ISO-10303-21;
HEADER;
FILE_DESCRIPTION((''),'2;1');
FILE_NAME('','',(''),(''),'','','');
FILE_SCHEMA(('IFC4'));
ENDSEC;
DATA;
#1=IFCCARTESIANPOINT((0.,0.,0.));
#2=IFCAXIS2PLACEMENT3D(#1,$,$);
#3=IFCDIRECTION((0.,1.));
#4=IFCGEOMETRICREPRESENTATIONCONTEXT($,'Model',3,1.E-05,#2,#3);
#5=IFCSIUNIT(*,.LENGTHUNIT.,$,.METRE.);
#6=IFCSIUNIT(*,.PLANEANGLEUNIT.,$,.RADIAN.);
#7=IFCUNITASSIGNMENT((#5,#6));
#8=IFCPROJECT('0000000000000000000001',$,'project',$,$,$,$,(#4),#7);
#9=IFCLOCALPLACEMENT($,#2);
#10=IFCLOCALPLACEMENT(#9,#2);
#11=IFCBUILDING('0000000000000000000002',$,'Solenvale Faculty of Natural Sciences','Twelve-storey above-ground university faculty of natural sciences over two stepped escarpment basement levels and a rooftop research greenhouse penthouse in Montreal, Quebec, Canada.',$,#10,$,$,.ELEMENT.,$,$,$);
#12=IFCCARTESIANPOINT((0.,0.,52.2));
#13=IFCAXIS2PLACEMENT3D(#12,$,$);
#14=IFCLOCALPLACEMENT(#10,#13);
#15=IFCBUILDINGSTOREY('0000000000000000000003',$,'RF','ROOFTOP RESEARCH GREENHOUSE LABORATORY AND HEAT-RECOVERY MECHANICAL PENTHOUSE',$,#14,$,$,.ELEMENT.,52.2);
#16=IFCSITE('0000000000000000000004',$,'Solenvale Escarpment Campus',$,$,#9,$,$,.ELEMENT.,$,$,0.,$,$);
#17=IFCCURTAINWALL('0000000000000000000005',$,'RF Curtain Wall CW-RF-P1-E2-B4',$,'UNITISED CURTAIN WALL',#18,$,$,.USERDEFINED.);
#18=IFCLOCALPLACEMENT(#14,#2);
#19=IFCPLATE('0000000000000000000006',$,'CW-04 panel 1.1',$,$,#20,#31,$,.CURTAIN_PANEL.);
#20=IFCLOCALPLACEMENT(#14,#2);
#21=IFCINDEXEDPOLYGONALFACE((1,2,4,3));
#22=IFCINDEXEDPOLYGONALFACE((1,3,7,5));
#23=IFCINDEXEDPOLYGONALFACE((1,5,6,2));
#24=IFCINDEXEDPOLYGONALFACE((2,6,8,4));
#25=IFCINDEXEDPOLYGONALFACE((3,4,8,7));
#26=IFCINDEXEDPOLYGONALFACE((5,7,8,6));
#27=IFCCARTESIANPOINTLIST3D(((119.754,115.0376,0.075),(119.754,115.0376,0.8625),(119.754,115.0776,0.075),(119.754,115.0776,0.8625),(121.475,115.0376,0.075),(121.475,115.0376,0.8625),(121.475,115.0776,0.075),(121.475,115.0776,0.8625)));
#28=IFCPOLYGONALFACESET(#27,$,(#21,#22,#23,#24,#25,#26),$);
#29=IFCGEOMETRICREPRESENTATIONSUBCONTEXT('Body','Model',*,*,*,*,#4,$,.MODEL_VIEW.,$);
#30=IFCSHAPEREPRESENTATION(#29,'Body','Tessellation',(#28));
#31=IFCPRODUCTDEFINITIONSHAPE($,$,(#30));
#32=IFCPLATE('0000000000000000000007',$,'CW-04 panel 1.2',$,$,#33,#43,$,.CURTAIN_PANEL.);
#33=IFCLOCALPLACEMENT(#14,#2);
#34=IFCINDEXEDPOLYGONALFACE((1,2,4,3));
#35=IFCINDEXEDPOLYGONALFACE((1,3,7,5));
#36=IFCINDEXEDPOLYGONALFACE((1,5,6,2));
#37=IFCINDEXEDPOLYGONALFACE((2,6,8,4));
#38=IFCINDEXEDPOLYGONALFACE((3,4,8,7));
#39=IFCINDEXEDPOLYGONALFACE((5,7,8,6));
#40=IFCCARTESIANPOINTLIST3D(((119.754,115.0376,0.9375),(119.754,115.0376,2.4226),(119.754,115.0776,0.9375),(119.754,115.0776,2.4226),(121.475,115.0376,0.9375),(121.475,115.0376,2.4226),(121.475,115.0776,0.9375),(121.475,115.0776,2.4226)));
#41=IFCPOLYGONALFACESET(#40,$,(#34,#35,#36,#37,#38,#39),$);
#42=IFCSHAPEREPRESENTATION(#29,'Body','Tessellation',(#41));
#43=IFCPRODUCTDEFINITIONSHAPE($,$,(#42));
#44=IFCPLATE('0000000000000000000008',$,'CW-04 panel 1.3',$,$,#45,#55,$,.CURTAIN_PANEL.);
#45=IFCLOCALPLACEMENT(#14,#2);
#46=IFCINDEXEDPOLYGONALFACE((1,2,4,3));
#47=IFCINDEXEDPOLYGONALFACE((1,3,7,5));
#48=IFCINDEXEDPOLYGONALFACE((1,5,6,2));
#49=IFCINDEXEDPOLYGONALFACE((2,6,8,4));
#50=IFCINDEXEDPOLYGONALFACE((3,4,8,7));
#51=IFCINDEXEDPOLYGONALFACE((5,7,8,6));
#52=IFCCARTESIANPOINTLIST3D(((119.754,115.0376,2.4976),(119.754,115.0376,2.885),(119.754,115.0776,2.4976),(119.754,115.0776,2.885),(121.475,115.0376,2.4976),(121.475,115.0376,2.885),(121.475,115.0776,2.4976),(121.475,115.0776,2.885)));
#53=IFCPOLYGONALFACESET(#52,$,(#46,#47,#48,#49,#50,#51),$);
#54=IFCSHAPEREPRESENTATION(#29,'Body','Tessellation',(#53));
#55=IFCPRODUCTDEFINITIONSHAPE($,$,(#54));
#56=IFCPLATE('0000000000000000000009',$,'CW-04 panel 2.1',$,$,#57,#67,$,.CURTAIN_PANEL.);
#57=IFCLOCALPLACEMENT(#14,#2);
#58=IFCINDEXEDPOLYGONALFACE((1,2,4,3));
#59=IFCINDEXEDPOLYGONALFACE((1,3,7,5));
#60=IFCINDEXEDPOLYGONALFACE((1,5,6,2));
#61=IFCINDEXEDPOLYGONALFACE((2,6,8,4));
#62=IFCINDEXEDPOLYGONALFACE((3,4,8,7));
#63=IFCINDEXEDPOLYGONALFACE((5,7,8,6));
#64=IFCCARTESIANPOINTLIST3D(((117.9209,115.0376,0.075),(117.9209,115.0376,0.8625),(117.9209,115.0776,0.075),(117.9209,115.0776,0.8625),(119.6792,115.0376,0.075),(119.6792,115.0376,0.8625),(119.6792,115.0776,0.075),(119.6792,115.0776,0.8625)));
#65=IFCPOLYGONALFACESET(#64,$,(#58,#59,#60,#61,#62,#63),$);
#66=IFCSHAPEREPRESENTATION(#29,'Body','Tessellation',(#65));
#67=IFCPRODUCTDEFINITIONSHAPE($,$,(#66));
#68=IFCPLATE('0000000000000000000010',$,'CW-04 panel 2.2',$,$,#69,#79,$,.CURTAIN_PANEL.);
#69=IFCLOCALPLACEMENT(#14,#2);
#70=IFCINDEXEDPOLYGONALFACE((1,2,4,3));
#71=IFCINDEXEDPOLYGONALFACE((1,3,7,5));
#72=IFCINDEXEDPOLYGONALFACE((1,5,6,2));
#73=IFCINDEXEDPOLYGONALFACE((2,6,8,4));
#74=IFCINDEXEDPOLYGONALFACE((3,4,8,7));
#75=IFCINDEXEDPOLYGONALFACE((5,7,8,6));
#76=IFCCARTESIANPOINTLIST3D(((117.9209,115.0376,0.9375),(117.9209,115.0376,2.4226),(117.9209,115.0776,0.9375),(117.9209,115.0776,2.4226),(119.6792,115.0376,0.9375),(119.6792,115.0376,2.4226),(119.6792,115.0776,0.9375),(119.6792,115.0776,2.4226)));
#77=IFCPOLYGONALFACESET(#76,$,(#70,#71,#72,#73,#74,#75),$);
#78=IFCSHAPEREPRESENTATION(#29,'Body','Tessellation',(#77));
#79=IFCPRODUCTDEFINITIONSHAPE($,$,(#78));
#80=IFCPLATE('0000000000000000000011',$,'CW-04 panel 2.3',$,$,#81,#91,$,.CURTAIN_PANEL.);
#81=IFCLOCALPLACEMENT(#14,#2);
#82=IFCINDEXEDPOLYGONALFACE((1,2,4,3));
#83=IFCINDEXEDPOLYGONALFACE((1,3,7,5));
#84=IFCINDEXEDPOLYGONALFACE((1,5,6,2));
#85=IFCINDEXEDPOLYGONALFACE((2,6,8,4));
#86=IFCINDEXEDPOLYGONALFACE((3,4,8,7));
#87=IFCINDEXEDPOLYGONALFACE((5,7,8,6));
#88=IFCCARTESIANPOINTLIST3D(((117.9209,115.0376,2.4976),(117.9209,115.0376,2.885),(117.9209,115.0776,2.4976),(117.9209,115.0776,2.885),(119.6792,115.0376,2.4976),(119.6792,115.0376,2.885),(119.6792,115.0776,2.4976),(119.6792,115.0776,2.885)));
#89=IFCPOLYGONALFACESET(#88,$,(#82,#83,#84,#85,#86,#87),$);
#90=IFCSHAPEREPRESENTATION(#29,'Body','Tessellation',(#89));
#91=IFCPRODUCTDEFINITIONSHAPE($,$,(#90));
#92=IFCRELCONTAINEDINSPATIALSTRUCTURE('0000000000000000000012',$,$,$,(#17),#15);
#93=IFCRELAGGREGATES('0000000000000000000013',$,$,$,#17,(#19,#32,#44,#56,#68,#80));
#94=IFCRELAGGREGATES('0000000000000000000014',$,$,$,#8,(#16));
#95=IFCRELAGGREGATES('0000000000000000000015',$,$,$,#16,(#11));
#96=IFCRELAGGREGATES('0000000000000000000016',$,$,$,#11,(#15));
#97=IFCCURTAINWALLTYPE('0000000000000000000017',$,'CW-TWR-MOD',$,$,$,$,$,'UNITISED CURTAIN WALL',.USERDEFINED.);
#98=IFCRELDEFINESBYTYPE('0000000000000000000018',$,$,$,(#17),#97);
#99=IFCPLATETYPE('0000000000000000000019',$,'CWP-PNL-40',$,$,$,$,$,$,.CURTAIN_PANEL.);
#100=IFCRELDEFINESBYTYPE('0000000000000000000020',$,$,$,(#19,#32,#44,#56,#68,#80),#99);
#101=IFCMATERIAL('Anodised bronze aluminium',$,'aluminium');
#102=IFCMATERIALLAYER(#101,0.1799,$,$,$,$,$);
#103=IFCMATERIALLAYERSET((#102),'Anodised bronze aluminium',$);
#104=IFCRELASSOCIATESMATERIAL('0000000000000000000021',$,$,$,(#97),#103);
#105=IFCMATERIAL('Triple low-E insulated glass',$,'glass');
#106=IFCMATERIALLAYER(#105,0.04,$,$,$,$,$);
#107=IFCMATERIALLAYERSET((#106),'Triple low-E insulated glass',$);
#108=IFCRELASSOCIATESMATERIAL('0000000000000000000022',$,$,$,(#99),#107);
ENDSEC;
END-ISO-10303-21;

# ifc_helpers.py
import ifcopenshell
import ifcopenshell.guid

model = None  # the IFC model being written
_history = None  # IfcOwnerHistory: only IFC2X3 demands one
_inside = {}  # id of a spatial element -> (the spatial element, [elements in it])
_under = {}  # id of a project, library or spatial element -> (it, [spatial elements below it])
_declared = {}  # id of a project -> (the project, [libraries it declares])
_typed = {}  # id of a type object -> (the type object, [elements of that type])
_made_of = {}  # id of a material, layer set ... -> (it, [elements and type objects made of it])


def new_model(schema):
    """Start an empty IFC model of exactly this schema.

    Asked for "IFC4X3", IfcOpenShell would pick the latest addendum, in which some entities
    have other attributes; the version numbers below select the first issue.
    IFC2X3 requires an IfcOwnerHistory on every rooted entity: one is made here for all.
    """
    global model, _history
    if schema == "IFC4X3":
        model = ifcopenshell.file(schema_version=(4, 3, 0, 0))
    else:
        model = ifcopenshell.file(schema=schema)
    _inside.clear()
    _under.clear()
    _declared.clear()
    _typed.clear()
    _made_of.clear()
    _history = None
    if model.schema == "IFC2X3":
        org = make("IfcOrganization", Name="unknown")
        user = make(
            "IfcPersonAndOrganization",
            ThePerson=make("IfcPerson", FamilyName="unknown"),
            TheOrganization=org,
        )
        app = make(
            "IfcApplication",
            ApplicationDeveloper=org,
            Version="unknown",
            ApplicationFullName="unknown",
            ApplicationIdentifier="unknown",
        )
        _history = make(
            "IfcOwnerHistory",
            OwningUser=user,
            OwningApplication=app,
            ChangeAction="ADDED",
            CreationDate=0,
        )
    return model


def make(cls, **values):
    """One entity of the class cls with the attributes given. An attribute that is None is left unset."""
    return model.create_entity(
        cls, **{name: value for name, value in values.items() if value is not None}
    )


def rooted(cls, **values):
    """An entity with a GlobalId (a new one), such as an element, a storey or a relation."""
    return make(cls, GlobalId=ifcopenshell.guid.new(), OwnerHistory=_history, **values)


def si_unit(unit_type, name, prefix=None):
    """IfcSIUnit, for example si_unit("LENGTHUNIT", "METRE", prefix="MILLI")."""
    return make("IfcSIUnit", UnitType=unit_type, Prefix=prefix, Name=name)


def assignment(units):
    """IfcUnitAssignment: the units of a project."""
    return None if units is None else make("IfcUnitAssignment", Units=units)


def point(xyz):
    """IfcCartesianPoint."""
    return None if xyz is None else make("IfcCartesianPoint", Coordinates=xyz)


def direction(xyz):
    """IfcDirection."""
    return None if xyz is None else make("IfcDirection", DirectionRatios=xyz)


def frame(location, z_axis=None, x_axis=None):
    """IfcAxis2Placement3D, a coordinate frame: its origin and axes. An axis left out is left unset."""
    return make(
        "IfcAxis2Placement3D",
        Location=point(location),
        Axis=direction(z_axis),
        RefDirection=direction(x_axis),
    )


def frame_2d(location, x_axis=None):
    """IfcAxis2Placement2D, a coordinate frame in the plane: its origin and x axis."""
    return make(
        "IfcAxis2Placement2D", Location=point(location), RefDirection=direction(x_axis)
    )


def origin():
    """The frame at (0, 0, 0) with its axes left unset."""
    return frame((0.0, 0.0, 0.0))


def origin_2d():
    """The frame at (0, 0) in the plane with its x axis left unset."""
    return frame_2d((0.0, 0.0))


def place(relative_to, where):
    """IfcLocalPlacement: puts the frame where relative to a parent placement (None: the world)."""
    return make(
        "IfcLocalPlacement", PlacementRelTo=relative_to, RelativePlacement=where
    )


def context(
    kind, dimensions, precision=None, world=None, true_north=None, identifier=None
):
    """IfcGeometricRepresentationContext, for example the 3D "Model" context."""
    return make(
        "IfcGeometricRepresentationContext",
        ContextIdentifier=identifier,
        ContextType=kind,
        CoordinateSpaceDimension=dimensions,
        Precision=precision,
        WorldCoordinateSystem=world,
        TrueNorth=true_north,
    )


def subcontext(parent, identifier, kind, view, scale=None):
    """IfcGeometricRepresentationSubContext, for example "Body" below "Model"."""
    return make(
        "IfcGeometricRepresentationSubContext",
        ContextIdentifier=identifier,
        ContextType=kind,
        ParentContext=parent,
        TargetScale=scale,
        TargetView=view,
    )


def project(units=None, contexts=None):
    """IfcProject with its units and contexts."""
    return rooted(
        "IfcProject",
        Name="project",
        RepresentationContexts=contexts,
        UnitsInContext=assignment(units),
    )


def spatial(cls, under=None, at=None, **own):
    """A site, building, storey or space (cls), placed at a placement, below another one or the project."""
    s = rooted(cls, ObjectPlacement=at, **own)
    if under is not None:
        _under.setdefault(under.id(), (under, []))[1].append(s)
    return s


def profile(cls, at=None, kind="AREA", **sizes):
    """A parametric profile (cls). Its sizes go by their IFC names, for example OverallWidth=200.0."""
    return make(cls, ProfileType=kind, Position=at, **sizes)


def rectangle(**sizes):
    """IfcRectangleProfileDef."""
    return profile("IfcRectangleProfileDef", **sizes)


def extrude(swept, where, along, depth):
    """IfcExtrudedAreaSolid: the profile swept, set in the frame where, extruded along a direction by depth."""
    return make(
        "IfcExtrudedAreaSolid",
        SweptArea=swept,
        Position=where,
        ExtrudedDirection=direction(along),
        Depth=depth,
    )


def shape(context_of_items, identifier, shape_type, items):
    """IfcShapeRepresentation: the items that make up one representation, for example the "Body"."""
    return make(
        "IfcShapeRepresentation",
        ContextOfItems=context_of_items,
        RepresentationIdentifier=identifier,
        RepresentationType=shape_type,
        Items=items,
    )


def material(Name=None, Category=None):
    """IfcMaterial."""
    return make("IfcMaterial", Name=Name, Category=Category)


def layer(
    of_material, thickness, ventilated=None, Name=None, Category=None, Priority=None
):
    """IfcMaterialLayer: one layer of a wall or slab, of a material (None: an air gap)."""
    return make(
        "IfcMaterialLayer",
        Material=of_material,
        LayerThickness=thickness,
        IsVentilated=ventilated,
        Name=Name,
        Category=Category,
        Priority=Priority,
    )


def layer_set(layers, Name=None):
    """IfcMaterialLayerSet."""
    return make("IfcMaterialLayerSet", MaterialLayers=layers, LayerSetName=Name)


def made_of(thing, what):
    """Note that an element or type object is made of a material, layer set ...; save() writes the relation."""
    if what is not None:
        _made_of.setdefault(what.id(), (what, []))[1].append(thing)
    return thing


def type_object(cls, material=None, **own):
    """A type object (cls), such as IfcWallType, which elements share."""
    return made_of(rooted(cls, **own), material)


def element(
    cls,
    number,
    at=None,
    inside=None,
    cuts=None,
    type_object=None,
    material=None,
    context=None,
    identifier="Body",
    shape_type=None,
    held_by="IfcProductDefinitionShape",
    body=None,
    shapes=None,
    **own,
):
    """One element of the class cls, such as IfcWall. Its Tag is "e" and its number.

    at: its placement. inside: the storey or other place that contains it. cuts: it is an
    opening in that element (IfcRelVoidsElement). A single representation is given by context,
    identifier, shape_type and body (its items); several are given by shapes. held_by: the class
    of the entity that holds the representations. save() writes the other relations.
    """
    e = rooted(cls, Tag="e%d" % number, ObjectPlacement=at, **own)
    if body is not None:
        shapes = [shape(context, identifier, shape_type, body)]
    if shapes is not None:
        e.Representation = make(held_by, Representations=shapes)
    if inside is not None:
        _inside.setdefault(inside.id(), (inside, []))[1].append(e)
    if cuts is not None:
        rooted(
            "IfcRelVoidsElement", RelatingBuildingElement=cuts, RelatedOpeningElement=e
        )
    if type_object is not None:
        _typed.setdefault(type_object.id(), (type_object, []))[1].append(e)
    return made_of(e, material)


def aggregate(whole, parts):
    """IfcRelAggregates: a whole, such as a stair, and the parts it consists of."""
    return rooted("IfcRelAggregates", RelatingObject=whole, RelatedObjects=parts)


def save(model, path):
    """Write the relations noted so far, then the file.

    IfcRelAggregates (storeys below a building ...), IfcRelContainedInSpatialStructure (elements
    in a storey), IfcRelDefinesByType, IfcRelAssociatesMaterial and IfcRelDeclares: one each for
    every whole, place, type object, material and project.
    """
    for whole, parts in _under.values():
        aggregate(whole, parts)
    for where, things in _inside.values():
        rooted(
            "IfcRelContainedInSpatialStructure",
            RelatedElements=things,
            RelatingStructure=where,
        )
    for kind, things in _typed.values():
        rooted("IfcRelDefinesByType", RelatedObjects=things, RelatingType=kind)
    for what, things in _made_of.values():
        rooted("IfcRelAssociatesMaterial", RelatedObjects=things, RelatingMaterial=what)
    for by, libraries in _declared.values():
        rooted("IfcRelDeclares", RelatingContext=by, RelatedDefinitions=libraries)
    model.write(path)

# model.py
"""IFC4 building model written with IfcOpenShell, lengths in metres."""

from ifc_helpers import new_model, si_unit, direction, frame, origin, origin_2d, place, context, subcontext, project, spatial, rectangle, extrude, material, layer, layer_set, type_object, element, aggregate, save


model = new_model("IFC4")

# Units and contexts
model_context = context("Model", 3, precision=1e-05, world=origin(), true_north=direction((0.0, 1.0)))
body_context = subcontext(model_context, "Body", "Model", "MODEL_VIEW")
ifc_project = project(units=[si_unit("LENGTHUNIT", "METRE"), si_unit("PLANEANGLEUNIT", "RADIAN")], contexts=[model_context])

# Site, building, storey
site_placement = place(None, origin())
site = spatial("IfcSite", under=ifc_project, at=site_placement, Name="Solenvale Escarpment Campus", CompositionType="ELEMENT", RefElevation=0.0)
building_placement = place(site_placement, origin())
building = spatial("IfcBuilding", under=site, at=building_placement, Name="Solenvale Faculty of Natural Sciences", Description="Twelve-storey above-ground university faculty of natural sciences over two stepped escarpment basement levels and a rooftop research greenhouse penthouse in Montreal, Quebec, Canada.", CompositionType="ELEMENT")
storey_placement = place(building_placement, frame((0.0, 0.0, 52.2)))
storey = spatial("IfcBuildingStorey", under=building, at=storey_placement, Name="RF", Description="ROOFTOP RESEARCH GREENHOUSE LABORATORY AND HEAT-RECOVERY MECHANICAL PENTHOUSE", CompositionType="ELEMENT", Elevation=52.2)

# Curtain wall, plates
ifc_material_1 = material(Name="Anodised bronze aluminium", Category="aluminium")
ifc_layer_1 = layer(ifc_material_1, 0.1799)
ifc_layer_set_1 = layer_set([ifc_layer_1], Name="Anodised bronze aluminium")
curtain_wall_type = type_object("IfcCurtainWallType", Name="CW-TWR-MOD", ElementType="UNITISED CURTAIN WALL", PredefinedType="USERDEFINED", material=ifc_layer_set_1)
curtain_wall_placement = place(storey_placement, origin())
curtain_wall = element("IfcCurtainWall", 1, at=curtain_wall_placement, inside=storey, type_object=curtain_wall_type, Name="RF Curtain Wall CW-RF-P1-E2-B4", ObjectType="UNITISED CURTAIN WALL", PredefinedType="USERDEFINED")
ifc_material_2 = material(Name="Triple low-E insulated glass", Category="glass")
ifc_layer_2 = layer(ifc_material_2, 0.04)
ifc_layer_set_2 = layer_set([ifc_layer_2], Name="Triple low-E insulated glass")
plate_type = type_object("IfcPlateType", Name="CWP-PNL-40", PredefinedType="CURTAIN_PANEL", material=ifc_layer_set_2)
plate_1_placement = place(storey_placement, frame((120.6145, 115.0576, 0.075), z_axis=(0.0, 0.0, 1.0), x_axis=(-1.0, 0.0, 0.0)))
plate_1 = element("IfcPlate", 2, at=plate_1_placement, type_object=plate_type, Name="CW-04 panel 1.1", PredefinedType="CURTAIN_PANEL", context=body_context, shape_type="SweptSolid", body=[
    extrude(rectangle(XDim=1.7209, YDim=0.04, at=origin_2d()), origin(), (0.0, 0.0, 1.0), 0.7876),
])
plate_2_placement = place(storey_placement, frame((120.6145, 115.0576, 0.9375), z_axis=(0.0, 0.0, 1.0), x_axis=(-1.0, 0.0, 0.0)))
plate_2 = element("IfcPlate", 3, at=plate_2_placement, type_object=plate_type, Name="CW-04 panel 1.2", PredefinedType="CURTAIN_PANEL", context=body_context, shape_type="SweptSolid", body=[
    extrude(rectangle(XDim=1.7209, YDim=0.04, at=origin_2d()), origin(), (0.0, 0.0, 1.0), 1.4851),
])
plate_3_placement = place(storey_placement, frame((120.6145, 115.0576, 2.4976), z_axis=(0.0, 0.0, 1.0), x_axis=(-1.0, 0.0, 0.0)))
plate_3 = element("IfcPlate", 4, at=plate_3_placement, type_object=plate_type, Name="CW-04 panel 1.3", PredefinedType="CURTAIN_PANEL", context=body_context, shape_type="SweptSolid", body=[
    extrude(rectangle(XDim=1.7209, YDim=0.04, at=origin_2d()), origin(), (0.0, 0.0, 1.0), 0.3875),
])
plate_4_placement = place(storey_placement, frame((118.8, 115.0576, 0.075), z_axis=(0.0, 0.0, 1.0), x_axis=(-1.0, 0.0, 0.0)))
plate_4 = element("IfcPlate", 5, at=plate_4_placement, type_object=plate_type, Name="CW-04 panel 2.1", PredefinedType="CURTAIN_PANEL", context=body_context, shape_type="SweptSolid", body=[
    extrude(rectangle(XDim=1.7583, YDim=0.04, at=origin_2d()), origin(), (0.0, 0.0, 1.0), 0.7876),
])
plate_5_placement = place(storey_placement, frame((118.8, 115.0576, 0.9375), z_axis=(0.0, 0.0, 1.0), x_axis=(-1.0, 0.0, 0.0)))
plate_5 = element("IfcPlate", 6, at=plate_5_placement, type_object=plate_type, Name="CW-04 panel 2.2", PredefinedType="CURTAIN_PANEL", context=body_context, shape_type="SweptSolid", body=[
    extrude(rectangle(XDim=1.7583, YDim=0.04, at=origin_2d()), origin(), (0.0, 0.0, 1.0), 1.4851),
])
plate_6_placement = place(storey_placement, frame((118.8, 115.0576, 2.4976), z_axis=(0.0, 0.0, 1.0), x_axis=(-1.0, 0.0, 0.0)))
plate_6 = element("IfcPlate", 7, at=plate_6_placement, type_object=plate_type, Name="CW-04 panel 2.3", PredefinedType="CURTAIN_PANEL", context=body_context, shape_type="SweptSolid", body=[
    extrude(rectangle(XDim=1.7583, YDim=0.04, at=origin_2d()), origin(), (0.0, 0.0, 1.0), 0.3875),
])
aggregate(curtain_wall, [plate_1, plate_2, plate_3, plate_4, plate_5, plate_6])

save(model, "model.ifc")
